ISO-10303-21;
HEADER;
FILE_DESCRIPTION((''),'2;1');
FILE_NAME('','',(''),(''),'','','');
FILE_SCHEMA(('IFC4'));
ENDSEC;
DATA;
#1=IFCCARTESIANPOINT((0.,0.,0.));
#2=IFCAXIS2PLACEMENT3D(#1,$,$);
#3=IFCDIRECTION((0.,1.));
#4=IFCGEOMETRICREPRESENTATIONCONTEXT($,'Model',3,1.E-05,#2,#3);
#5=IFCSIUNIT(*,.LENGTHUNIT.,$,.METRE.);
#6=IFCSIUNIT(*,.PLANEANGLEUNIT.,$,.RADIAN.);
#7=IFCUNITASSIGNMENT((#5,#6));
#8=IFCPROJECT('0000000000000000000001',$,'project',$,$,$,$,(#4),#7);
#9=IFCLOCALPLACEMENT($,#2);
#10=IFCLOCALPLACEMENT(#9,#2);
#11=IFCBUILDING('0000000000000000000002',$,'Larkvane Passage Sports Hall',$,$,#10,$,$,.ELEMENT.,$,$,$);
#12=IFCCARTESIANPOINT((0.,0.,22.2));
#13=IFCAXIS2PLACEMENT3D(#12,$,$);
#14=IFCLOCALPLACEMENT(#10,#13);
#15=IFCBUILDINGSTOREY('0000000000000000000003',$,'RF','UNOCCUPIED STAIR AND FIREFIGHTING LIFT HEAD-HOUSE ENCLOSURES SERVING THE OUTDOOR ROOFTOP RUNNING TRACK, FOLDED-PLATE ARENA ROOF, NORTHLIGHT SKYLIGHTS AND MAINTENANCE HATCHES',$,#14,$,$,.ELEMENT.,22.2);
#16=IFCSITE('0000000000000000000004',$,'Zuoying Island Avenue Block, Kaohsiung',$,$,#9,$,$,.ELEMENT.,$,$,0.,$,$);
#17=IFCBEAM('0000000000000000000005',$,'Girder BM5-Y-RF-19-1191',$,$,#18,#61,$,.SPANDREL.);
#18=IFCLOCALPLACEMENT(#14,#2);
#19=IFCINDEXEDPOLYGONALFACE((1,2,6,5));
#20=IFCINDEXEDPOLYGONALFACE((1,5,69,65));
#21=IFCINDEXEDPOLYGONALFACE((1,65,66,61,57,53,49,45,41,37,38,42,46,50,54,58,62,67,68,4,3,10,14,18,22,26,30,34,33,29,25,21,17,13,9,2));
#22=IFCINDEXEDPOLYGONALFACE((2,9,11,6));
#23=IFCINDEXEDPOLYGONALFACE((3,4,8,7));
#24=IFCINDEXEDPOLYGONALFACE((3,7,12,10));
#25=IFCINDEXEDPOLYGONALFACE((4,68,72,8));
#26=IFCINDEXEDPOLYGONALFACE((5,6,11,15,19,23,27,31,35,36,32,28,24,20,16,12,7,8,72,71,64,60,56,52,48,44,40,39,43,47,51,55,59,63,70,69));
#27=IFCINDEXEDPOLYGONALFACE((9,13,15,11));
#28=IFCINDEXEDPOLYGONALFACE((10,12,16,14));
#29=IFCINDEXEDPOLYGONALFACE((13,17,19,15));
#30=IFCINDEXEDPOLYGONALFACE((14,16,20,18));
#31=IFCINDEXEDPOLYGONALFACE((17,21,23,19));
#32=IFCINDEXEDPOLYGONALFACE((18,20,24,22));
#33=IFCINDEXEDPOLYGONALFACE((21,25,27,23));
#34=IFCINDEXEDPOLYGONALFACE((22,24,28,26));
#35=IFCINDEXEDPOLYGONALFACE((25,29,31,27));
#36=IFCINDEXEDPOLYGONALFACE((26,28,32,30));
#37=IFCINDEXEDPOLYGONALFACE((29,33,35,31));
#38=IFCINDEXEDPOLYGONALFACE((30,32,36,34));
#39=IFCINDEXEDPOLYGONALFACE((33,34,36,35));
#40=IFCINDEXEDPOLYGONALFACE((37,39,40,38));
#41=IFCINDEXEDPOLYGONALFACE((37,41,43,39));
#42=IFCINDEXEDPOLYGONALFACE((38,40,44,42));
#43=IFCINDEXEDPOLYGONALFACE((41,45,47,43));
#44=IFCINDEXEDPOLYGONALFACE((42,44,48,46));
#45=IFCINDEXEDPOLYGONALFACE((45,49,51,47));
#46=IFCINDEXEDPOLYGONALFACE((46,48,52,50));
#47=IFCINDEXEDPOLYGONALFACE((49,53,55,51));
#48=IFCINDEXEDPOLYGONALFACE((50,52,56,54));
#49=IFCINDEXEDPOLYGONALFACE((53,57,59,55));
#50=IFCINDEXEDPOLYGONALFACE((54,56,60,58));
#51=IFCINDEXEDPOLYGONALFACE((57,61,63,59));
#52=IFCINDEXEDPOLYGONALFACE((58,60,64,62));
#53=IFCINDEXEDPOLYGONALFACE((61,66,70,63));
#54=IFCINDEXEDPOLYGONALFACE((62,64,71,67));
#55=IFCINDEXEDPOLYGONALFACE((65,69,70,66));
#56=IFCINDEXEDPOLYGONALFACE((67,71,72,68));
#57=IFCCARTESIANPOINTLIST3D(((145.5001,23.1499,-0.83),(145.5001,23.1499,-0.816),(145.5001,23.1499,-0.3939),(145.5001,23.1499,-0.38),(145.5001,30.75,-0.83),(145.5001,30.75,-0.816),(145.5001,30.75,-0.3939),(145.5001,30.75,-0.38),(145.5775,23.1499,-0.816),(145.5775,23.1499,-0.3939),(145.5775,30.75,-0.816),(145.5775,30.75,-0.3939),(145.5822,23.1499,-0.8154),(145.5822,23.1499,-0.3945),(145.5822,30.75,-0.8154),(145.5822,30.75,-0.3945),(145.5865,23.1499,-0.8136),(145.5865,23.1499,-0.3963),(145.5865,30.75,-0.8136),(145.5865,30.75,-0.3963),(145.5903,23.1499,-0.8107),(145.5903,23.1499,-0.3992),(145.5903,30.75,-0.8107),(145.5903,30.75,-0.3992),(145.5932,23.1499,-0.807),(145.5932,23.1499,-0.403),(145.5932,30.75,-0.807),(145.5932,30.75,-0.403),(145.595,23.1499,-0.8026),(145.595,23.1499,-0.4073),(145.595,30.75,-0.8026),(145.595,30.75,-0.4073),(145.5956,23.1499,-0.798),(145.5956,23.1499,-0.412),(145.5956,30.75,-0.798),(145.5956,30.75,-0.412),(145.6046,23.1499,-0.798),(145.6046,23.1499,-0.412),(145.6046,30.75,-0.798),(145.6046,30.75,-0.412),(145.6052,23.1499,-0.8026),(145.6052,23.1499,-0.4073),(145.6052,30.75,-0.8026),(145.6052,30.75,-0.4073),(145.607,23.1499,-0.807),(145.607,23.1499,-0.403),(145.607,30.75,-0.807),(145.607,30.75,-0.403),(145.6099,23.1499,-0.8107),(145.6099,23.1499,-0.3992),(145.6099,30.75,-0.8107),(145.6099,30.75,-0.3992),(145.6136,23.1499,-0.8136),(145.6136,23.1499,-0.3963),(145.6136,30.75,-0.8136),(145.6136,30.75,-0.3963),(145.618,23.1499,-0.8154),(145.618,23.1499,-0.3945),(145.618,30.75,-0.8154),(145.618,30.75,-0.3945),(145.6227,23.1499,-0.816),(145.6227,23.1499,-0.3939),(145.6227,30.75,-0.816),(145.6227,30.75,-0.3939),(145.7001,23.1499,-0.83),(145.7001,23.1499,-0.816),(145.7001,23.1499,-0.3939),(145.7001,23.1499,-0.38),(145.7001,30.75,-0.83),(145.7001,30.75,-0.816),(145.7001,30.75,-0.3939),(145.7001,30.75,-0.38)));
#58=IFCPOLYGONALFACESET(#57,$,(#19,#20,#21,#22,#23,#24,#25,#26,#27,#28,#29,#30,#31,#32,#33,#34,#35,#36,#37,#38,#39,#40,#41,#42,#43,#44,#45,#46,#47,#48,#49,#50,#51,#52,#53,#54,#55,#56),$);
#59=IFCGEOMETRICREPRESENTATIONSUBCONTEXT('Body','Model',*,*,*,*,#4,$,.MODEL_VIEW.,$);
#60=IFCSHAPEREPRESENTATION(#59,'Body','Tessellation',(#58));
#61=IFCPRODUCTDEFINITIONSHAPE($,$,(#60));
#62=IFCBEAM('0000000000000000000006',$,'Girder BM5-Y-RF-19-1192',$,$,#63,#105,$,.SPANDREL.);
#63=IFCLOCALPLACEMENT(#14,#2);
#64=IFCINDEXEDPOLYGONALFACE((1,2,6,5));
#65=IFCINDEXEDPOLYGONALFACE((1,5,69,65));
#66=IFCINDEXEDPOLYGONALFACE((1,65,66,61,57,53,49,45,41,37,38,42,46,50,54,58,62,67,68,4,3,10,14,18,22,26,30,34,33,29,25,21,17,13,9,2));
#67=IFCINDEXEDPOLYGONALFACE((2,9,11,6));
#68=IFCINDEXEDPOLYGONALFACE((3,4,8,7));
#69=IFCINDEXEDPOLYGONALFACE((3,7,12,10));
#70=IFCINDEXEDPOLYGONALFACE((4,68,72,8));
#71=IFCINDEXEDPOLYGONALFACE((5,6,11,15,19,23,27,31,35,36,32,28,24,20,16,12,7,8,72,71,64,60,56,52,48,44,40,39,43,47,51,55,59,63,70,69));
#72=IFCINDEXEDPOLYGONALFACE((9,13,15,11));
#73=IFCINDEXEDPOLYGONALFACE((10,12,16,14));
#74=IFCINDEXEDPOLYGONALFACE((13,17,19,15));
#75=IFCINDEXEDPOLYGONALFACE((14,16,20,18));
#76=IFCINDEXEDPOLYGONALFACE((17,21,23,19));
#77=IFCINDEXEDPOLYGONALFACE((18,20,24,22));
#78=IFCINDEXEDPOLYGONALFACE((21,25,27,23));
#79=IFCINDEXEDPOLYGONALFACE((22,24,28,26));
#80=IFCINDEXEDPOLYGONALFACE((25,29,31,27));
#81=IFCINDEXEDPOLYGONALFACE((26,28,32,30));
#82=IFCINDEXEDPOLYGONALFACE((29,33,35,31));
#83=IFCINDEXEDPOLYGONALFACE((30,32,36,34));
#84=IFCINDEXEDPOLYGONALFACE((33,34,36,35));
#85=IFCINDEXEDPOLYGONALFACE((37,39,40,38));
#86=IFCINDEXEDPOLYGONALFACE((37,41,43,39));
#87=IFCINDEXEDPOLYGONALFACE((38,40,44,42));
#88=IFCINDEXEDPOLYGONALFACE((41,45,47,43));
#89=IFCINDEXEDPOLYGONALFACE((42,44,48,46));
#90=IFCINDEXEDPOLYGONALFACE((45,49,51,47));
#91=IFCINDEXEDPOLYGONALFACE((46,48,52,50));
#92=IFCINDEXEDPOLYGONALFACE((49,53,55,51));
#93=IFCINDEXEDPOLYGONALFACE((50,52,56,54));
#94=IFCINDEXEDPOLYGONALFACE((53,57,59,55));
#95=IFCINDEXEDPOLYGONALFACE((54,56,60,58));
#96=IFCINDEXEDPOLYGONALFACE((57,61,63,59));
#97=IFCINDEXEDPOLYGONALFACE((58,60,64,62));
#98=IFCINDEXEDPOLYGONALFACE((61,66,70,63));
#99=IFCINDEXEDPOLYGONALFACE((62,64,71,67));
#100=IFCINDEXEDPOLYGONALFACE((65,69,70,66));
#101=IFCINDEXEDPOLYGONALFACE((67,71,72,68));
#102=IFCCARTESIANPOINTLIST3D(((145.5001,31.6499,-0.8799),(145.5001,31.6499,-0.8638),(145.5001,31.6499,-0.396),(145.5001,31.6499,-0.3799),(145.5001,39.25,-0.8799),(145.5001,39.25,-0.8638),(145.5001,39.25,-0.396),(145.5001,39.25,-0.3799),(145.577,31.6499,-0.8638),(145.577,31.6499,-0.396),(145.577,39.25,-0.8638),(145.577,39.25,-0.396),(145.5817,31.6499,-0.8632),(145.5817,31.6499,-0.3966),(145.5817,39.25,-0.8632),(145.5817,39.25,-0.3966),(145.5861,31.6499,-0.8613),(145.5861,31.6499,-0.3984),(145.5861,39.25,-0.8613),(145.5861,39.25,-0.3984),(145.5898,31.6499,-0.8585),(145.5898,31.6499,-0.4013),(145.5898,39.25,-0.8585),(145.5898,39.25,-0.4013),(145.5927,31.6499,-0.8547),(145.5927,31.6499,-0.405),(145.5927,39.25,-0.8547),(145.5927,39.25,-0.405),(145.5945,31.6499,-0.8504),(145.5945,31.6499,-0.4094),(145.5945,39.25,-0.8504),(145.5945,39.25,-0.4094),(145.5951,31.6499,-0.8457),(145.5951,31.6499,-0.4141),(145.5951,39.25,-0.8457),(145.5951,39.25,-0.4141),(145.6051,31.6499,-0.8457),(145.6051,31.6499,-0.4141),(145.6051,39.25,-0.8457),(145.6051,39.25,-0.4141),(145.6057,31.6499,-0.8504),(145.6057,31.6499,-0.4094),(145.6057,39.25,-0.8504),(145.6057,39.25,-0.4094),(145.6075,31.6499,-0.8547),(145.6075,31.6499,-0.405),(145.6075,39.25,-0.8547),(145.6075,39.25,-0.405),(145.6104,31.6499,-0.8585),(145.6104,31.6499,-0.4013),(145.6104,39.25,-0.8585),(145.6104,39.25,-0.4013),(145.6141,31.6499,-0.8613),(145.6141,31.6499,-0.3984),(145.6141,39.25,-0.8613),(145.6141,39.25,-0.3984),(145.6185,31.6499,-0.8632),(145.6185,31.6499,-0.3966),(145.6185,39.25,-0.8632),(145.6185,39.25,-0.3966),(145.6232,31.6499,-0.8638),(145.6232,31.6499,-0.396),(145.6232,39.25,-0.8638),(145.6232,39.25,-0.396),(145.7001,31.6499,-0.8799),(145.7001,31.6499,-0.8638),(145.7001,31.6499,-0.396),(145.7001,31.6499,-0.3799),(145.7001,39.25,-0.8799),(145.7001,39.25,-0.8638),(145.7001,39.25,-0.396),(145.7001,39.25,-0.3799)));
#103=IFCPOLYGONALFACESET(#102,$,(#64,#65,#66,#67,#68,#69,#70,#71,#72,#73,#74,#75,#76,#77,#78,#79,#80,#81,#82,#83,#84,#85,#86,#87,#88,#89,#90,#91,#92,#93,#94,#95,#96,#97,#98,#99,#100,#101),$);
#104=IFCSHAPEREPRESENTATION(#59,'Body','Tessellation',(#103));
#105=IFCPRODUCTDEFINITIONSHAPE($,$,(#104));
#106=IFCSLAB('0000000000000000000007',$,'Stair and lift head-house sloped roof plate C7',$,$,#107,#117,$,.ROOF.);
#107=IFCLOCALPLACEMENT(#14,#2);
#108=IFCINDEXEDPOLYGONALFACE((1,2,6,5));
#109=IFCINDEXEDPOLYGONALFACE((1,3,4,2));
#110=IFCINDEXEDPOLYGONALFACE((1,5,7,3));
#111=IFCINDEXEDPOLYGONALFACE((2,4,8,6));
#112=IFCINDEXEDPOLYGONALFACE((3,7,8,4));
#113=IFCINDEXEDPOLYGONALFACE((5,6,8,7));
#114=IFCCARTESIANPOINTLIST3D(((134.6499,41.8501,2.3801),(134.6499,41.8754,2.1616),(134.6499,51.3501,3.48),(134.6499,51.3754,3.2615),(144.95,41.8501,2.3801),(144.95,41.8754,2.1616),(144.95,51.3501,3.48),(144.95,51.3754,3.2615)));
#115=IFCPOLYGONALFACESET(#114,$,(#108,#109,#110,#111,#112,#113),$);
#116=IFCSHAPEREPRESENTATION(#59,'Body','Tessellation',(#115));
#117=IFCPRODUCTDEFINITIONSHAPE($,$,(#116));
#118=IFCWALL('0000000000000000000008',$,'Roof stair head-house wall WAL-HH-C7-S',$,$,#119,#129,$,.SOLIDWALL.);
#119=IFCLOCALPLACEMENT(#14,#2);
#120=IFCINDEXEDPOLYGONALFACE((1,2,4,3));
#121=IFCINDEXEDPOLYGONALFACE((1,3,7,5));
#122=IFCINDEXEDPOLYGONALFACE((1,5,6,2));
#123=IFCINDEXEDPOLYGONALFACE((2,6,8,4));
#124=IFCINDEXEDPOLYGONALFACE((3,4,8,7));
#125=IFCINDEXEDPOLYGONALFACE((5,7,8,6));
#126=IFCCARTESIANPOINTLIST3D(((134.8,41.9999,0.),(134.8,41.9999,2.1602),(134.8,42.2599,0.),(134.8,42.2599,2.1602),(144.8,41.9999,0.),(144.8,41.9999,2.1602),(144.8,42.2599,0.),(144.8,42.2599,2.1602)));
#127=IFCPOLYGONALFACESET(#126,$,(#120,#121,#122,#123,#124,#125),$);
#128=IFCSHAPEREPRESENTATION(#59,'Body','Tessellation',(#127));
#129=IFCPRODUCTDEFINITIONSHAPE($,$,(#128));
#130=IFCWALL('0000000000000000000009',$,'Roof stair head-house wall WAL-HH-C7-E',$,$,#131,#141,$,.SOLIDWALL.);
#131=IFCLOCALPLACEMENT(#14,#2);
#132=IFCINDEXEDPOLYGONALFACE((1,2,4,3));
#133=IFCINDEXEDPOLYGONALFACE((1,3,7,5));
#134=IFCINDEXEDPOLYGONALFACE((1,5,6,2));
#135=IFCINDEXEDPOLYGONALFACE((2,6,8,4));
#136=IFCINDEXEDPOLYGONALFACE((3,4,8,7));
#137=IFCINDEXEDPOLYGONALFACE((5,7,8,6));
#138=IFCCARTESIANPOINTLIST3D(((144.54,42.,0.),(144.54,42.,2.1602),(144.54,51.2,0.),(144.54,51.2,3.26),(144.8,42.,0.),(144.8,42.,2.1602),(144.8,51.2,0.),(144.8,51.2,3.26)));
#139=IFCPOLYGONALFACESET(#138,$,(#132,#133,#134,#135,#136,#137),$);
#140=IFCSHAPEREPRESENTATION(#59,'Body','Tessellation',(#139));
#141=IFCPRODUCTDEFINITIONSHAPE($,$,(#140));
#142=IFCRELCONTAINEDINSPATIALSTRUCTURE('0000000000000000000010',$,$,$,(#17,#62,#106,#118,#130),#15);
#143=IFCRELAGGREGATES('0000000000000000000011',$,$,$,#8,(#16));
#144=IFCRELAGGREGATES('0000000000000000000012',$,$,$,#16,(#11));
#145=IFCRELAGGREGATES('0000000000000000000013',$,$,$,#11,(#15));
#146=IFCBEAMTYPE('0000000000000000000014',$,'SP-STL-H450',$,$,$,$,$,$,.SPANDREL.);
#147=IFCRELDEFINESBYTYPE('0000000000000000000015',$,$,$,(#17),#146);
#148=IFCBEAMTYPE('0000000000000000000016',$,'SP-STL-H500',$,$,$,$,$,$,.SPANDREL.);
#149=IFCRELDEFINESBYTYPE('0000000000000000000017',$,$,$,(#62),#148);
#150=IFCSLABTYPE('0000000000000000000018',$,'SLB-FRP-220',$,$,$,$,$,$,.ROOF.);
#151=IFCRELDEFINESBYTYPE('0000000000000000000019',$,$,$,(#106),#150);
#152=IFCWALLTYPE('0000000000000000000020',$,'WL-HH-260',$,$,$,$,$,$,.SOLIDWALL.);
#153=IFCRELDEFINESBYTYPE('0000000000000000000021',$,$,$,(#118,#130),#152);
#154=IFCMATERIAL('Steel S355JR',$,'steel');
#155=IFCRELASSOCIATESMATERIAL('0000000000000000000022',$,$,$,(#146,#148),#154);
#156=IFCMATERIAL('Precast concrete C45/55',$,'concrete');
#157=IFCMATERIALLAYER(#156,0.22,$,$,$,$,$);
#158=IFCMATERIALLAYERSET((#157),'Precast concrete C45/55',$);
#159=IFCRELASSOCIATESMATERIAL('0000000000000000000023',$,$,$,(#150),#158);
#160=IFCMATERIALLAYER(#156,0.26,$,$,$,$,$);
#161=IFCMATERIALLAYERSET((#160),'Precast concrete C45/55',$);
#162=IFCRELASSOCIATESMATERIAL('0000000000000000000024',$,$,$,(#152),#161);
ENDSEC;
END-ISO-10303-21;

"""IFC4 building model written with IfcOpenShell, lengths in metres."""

from ifc_helpers import new_model, si_unit, direction, frame, frame_2d, origin, origin_2d, place, context, subcontext, project, spatial, polyline, rectangle, i_section, outline, extrude, material, layer, layer_set, material_profile, profile_set, type_object, element, save


model = new_model("IFC4")

# Units and contexts
model_context = context("Model", 3, precision=1e-05, world=origin(), true_north=direction((0.0, 1.0)))
body_context = subcontext(model_context, "Body", "Model", "MODEL_VIEW")
ifc_project = project(units=[si_unit("LENGTHUNIT", "METRE"), si_unit("PLANEANGLEUNIT", "RADIAN")], contexts=[model_context])

# Site, building, storey
site_placement = place(None, origin())
site = spatial("IfcSite", under=ifc_project, at=site_placement, Name="Zuoying Island Avenue Block, Kaohsiung", CompositionType="ELEMENT", RefElevation=0.0)
building_placement = place(site_placement, origin())
building = spatial("IfcBuilding", under=site, at=building_placement, Name="Larkvane Passage Sports Hall", CompositionType="ELEMENT")
storey_placement = place(building_placement, frame((0.0, 0.0, 22.2)))
storey = spatial("IfcBuildingStorey", under=building, at=storey_placement, Name="RF", Description="UNOCCUPIED STAIR AND FIREFIGHTING LIFT HEAD-HOUSE ENCLOSURES SERVING THE OUTDOOR ROOFTOP RUNNING TRACK, FOLDED-PLATE ARENA ROOF, NORTHLIGHT SKYLIGHTS AND MAINTENANCE HATCHES", CompositionType="ELEMENT", Elevation=22.2)

# Beams
ifc_material_1 = material(Name="Steel S355JR", Category="steel")
ifc_material_profile_1 = material_profile(ifc_material_1, i_section(OverallWidth=0.2, OverallDepth=0.45, WebThickness=0.009, FlangeThickness=0.0139, FilletRadius=0.0181, at=origin_2d()), Name="H-450x200x9x14")
ifc_profile_set_1 = profile_set([ifc_material_profile_1], Name="Steel S355JR")
beam_type_1 = type_object("IfcBeamType", Name="SP-STL-H450", PredefinedType="SPANDREL", material=ifc_profile_set_1)
beam_1_placement = place(storey_placement, frame((145.6001, 23.1499, -0.605), z_axis=(0.0, 1.0, 0.0), x_axis=(-1.0, 0.0, 0.0)))
element("IfcBeam", 1, at=beam_1_placement, inside=storey, type_object=beam_type_1, Name="Girder BM5-Y-RF-19-1191", PredefinedType="SPANDREL", context=body_context, shape_type="SweptSolid", body=[
    extrude(i_section(OverallWidth=0.2, OverallDepth=0.45, WebThickness=0.009, FlangeThickness=0.0139, FilletRadius=0.0181, at=origin_2d()), origin(), (0.0, 0.0, 1.0), 7.6001),
])
ifc_material_profile_2 = material_profile(ifc_material_1, i_section(OverallWidth=0.2, OverallDepth=0.5, WebThickness=0.01, FlangeThickness=0.0161, FilletRadius=0.0181, at=origin_2d()), Name="H-500x200x10x16")
ifc_profile_set_2 = profile_set([ifc_material_profile_2], Name="Steel S355JR")
beam_type_2 = type_object("IfcBeamType", Name="SP-STL-H500", PredefinedType="SPANDREL", material=ifc_profile_set_2)
beam_2_placement = place(storey_placement, frame((145.6001, 31.6499, -0.6299), z_axis=(0.0, 1.0, 0.0), x_axis=(-1.0, 0.0, 0.0)))
element("IfcBeam", 2, at=beam_2_placement, inside=storey, type_object=beam_type_2, Name="Girder BM5-Y-RF-19-1192", PredefinedType="SPANDREL", context=body_context, shape_type="SweptSolid", body=[
    extrude(i_section(OverallWidth=0.2, OverallDepth=0.5, WebThickness=0.01, FlangeThickness=0.0161, FilletRadius=0.0181, at=origin_2d()), origin(), (0.0, 0.0, 1.0), 7.6001),
])

# Slab
ifc_material_2 = material(Name="Precast concrete C45/55", Category="concrete")
ifc_layer_1 = layer(ifc_material_2, 0.22)
ifc_layer_set_1 = layer_set([ifc_layer_1], Name="Precast concrete C45/55")
slab_type = type_object("IfcSlabType", Name="SLB-FRP-220", PredefinedType="ROOF", material=ifc_layer_set_1)
slab_placement = place(storey_placement, frame((134.6499, 41.8501, 2.3801), z_axis=(0.0, -0.115006, 0.993365), x_axis=(1.0, 0.0, 0.0)))
element("IfcSlab", 3, at=slab_placement, inside=storey, type_object=slab_type, Name="Stair and lift head-house sloped roof plate C7", PredefinedType="ROOF", context=body_context, shape_type="SweptSolid", body=[
    extrude(outline(polyline([(0.0, 0.0), (10.3, 0.0), (10.3, 9.5635), (0.0, 9.5635), (0.0, 0.0)])), origin(), (0.0, 0.0, -1.0), 0.22),
])

# Walls
ifc_layer_2 = layer(ifc_material_2, 0.26)
ifc_layer_set_2 = layer_set([ifc_layer_2], Name="Precast concrete C45/55")
wall_type = type_object("IfcWallType", Name="WL-HH-260", PredefinedType="SOLIDWALL", material=ifc_layer_set_2)
wall_1_placement = place(storey_placement, frame((134.8, 42.1299, 0.0), z_axis=(0.0, 0.0, 1.0), x_axis=(1.0, 0.0, 0.0)))
element("IfcWall", 4, at=wall_1_placement, inside=storey, type_object=wall_type, Name="Roof stair head-house wall WAL-HH-C7-S", PredefinedType="SOLIDWALL", context=body_context, shape_type="SweptSolid", body=[
    extrude(rectangle(XDim=10.0, YDim=0.26, at=frame_2d((5.0, 0.0))), origin(), (0.0, 0.0, 1.0), 2.1602),
])
wall_2_placement = place(storey_placement, frame((144.6699, 42.0, 0.0), z_axis=(0.0, 0.0, 1.0), x_axis=(0.0, 1.0, 0.0)))
element("IfcWall", 5, at=wall_2_placement, inside=storey, type_object=wall_type, Name="Roof stair head-house wall WAL-HH-C7-E", PredefinedType="SOLIDWALL", context=body_context, shape_type="SweptSolid", body=[
    extrude(outline(polyline([(0.0, 0.0), (9.2, 0.0), (9.2, 3.26), (0.0, 2.1602), (0.0, 0.0)])), frame((0.0, 0.1299, 0.0), z_axis=(0.0, -1.0, 0.0), x_axis=(1.0, 0.0, 0.0)), (0.0, 0.0, 1.0), 0.26),
])

save(model, "model.ifc")
